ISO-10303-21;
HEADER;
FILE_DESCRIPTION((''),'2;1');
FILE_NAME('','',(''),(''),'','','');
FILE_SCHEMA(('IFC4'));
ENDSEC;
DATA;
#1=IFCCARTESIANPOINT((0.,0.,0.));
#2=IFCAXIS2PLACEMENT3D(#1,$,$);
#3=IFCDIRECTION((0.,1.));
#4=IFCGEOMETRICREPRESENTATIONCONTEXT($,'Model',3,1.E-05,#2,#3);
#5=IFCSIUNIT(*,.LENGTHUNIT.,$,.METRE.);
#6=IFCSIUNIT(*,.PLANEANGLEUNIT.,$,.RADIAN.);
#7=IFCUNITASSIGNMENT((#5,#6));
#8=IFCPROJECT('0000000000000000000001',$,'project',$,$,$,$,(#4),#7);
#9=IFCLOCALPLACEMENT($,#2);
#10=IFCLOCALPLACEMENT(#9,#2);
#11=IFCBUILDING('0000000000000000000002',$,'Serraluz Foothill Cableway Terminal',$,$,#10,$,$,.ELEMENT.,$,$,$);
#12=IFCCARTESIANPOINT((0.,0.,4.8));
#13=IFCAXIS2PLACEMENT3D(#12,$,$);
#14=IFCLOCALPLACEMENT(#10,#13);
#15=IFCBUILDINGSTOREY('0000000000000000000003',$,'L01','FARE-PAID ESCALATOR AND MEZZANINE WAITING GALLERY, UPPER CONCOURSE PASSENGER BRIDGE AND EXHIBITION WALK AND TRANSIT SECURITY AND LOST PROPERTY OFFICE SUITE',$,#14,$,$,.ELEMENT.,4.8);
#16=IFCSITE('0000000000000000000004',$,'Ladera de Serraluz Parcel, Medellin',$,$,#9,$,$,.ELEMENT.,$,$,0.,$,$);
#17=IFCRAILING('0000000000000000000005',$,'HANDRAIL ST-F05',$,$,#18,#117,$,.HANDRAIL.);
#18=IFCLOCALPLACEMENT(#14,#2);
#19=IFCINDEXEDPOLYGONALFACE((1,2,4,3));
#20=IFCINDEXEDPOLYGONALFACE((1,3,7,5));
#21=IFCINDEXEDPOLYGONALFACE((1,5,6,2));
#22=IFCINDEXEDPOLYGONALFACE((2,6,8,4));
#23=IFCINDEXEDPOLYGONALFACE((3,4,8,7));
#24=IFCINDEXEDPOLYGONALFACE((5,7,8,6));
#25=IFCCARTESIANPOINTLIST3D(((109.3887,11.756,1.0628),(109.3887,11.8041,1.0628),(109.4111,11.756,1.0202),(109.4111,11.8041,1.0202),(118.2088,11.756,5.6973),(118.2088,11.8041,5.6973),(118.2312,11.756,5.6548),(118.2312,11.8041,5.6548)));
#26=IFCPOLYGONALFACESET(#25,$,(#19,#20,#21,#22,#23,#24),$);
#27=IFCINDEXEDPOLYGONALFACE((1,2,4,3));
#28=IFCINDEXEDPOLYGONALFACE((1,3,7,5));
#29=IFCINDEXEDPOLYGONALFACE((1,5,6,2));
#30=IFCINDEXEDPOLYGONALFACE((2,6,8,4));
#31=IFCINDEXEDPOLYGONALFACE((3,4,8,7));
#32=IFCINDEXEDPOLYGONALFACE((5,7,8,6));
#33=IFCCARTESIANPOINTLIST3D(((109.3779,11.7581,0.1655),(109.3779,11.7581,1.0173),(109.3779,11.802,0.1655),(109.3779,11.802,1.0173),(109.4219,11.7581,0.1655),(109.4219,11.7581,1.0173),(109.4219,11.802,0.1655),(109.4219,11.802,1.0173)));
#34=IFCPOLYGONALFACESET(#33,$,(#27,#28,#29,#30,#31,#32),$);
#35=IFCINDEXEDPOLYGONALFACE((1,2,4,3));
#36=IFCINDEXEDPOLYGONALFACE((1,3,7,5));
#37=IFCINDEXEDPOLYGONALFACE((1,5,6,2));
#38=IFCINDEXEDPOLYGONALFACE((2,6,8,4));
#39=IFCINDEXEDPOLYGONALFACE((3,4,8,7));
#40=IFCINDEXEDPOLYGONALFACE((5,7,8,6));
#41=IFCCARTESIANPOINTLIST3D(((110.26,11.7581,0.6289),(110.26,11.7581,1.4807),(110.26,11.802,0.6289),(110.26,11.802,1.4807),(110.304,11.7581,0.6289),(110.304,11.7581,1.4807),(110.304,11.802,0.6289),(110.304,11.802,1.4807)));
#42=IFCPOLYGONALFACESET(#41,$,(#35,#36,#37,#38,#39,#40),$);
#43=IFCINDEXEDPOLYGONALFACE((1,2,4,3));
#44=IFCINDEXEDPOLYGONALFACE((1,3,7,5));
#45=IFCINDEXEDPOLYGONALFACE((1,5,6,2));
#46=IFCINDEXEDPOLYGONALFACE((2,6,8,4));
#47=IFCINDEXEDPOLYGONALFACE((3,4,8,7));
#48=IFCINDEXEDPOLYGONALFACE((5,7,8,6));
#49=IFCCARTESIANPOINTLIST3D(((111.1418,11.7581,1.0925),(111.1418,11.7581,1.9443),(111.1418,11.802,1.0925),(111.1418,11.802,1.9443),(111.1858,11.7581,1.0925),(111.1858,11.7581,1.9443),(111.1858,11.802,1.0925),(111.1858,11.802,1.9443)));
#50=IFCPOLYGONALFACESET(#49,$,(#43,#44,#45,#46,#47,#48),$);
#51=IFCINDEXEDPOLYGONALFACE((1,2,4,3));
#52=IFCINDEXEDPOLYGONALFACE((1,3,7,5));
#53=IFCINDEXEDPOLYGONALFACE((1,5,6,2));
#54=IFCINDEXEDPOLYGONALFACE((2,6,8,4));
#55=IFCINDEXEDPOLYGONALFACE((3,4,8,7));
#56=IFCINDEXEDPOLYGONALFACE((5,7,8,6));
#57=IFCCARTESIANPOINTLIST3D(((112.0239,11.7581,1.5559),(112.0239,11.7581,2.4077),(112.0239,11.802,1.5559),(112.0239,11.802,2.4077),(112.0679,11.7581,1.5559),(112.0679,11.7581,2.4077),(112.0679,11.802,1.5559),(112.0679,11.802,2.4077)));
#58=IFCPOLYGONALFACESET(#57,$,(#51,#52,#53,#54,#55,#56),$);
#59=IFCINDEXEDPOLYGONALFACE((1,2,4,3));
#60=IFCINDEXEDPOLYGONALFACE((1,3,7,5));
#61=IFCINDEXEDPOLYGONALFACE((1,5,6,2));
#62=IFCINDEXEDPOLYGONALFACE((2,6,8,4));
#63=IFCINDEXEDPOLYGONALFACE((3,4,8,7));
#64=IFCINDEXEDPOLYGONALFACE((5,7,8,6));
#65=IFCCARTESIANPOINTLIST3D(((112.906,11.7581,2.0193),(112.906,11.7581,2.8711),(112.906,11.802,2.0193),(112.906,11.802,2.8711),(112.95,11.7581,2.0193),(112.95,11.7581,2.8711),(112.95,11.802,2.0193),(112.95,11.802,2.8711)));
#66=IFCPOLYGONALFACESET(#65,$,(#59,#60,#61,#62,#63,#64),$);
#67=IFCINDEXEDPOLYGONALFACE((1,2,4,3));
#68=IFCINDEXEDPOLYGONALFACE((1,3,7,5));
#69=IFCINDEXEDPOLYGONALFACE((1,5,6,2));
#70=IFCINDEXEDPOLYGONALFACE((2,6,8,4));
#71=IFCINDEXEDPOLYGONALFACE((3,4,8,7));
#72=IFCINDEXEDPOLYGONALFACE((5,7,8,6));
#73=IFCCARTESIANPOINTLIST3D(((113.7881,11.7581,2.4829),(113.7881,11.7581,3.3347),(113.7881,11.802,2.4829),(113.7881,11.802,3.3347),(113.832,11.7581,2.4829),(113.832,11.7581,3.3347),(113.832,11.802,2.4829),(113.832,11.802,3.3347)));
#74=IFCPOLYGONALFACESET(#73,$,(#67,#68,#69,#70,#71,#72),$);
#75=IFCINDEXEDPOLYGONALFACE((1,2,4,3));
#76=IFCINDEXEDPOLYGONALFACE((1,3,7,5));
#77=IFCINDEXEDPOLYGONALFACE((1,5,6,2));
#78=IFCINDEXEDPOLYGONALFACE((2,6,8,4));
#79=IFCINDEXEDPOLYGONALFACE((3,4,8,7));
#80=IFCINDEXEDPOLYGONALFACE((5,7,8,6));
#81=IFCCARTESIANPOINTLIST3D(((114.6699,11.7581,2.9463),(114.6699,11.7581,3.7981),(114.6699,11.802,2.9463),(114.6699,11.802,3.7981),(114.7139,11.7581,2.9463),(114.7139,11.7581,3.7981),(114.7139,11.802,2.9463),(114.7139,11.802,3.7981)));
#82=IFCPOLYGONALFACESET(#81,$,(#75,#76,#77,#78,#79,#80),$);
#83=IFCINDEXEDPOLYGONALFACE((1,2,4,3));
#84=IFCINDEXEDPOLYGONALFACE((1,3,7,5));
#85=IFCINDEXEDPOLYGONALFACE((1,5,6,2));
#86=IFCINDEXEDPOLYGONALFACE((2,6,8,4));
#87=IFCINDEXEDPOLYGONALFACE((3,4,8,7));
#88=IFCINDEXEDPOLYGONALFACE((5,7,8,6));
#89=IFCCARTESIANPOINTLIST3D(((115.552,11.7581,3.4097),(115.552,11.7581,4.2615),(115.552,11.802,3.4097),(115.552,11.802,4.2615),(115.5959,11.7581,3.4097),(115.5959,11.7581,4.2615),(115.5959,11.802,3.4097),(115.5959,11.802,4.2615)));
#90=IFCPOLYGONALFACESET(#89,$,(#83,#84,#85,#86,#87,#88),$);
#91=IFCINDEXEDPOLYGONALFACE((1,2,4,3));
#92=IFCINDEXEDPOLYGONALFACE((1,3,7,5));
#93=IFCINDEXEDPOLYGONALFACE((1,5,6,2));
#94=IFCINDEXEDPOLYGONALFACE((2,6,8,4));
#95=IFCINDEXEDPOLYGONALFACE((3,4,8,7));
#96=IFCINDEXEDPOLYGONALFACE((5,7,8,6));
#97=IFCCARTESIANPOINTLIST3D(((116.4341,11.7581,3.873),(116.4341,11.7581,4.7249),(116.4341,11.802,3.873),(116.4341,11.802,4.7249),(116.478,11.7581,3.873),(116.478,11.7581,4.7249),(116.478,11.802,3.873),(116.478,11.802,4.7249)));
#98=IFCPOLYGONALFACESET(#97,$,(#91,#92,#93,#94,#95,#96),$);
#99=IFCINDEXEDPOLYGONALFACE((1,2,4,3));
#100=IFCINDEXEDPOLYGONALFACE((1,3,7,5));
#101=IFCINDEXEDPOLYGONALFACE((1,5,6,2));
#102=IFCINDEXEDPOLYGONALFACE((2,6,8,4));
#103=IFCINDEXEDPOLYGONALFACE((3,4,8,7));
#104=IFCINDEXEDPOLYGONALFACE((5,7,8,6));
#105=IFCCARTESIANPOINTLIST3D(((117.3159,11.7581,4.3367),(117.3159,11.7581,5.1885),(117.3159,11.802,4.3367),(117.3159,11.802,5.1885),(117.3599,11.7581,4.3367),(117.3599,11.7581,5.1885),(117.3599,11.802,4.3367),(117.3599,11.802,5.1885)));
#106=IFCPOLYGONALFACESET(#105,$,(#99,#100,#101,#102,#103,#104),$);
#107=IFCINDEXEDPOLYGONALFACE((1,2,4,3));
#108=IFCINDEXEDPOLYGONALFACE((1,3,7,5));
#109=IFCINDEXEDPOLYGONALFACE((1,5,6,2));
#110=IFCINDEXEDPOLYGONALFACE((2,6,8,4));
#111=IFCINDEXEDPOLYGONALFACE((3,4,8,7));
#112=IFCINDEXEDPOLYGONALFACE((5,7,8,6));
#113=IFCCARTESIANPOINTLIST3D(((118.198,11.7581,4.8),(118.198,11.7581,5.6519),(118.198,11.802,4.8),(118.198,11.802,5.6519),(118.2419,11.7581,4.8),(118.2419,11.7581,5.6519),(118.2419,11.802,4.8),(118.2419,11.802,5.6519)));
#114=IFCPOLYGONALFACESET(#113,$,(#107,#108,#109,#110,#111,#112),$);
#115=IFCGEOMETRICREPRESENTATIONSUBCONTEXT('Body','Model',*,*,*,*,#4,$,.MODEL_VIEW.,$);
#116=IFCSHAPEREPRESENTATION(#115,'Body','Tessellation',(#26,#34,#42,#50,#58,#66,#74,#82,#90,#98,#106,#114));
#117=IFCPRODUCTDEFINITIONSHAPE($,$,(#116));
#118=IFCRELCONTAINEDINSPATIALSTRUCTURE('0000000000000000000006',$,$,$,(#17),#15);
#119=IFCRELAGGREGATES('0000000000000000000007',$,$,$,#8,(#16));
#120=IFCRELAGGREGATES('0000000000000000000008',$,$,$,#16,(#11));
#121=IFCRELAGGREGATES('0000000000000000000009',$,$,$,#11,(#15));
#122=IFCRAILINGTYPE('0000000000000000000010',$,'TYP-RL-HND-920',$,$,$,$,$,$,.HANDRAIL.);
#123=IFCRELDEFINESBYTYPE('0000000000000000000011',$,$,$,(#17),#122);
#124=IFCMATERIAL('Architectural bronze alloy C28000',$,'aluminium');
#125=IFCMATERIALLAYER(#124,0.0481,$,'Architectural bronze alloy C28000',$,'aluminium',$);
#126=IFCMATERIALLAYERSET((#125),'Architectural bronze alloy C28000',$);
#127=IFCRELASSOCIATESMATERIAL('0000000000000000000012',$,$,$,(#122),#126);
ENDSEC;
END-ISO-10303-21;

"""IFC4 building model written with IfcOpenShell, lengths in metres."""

from ifc_helpers import new_model, si_unit, direction, frame, origin, origin_2d, place, context, subcontext, project, spatial, rectangle, extrude, material, layer, layer_set, type_object, element, save


model = new_model("IFC4")

# Units and contexts
model_context = context("Model", 3, precision=1e-05, world=origin(), true_north=direction((0.0, 1.0)))
body_context = subcontext(model_context, "Body", "Model", "MODEL_VIEW")
ifc_project = project(units=[si_unit("LENGTHUNIT", "METRE"), si_unit("PLANEANGLEUNIT", "RADIAN")], contexts=[model_context])

# Site, building, storey
site_placement = place(None, origin())
site = spatial("IfcSite", under=ifc_project, at=site_placement, Name="Ladera de Serraluz Parcel, Medellin", CompositionType="ELEMENT", RefElevation=0.0)
building_placement = place(site_placement, origin())
building = spatial("IfcBuilding", under=site, at=building_placement, Name="Serraluz Foothill Cableway Terminal", CompositionType="ELEMENT")
storey_placement = place(building_placement, frame((0.0, 0.0, 4.8)))
storey = spatial("IfcBuildingStorey", under=building, at=storey_placement, Name="L01", Description="FARE-PAID ESCALATOR AND MEZZANINE WAITING GALLERY, UPPER CONCOURSE PASSENGER BRIDGE AND EXHIBITION WALK AND TRANSIT SECURITY AND LOST PROPERTY OFFICE SUITE", CompositionType="ELEMENT", Elevation=4.8)

# Railing
ifc_material_1 = material(Name="Architectural bronze alloy C28000", Category="aluminium")
ifc_layer_1 = layer(ifc_material_1, 0.0481, Name="Architectural bronze alloy C28000", Category="aluminium")
ifc_layer_set_1 = layer_set([ifc_layer_1], Name="Architectural bronze alloy C28000")
railing_type_1 = type_object("IfcRailingType", Name="TYP-RL-HND-920", PredefinedType="HANDRAIL", material=ifc_layer_set_1)
railing_1_placement = place(storey_placement, frame((109.3999, 11.78, 0.1655)))
element("IfcRailing", 1, at=railing_1_placement, inside=storey, type_object=railing_type_1, Name="HANDRAIL ST-F05", PredefinedType="HANDRAIL", context=body_context, shape_type="SweptSolid", body=[
    extrude(rectangle(XDim=0.0481, YDim=0.0481, at=origin_2d()), frame((0.0, 0.0, 0.876), z_axis=(0.885233, 0.0, 0.465147), x_axis=(0.0, 1.0, 0.0)), (0.0, 0.0, 1.0), 9.9636),
    extrude(rectangle(XDim=0.0439, YDim=0.0439, at=origin_2d()), origin(), (0.0, 0.0, 1.0), 0.8518),
    extrude(rectangle(XDim=0.0439, YDim=0.0439, at=origin_2d()), frame((0.8821, 0.0, 0.4634)), (0.0, 0.0, 1.0), 0.8518),
    extrude(rectangle(XDim=0.0439, YDim=0.0439, at=origin_2d()), frame((1.7639, 0.0, 0.927)), (0.0, 0.0, 1.0), 0.8518),
    extrude(rectangle(XDim=0.0439, YDim=0.0439, at=origin_2d()), frame((2.646, 0.0, 1.3904)), (0.0, 0.0, 1.0), 0.8518),
    extrude(rectangle(XDim=0.0439, YDim=0.0439, at=origin_2d()), frame((3.5281, 0.0, 1.8538)), (0.0, 0.0, 1.0), 0.8518),
    extrude(rectangle(XDim=0.0439, YDim=0.0439, at=origin_2d()), frame((4.4102, 0.0, 2.3174)), (0.0, 0.0, 1.0), 0.8518),
    extrude(rectangle(XDim=0.0439, YDim=0.0439, at=origin_2d()), frame((5.292, 0.0, 2.7808)), (0.0, 0.0, 1.0), 0.8518),
    extrude(rectangle(XDim=0.0439, YDim=0.0439, at=origin_2d()), frame((6.1741, 0.0, 3.2441)), (0.0, 0.0, 1.0), 0.8518),
    extrude(rectangle(XDim=0.0439, YDim=0.0439, at=origin_2d()), frame((7.0562, 0.0, 3.7075)), (0.0, 0.0, 1.0), 0.8518),
    extrude(rectangle(XDim=0.0439, YDim=0.0439, at=origin_2d()), frame((7.938, 0.0, 4.1711)), (0.0, 0.0, 1.0), 0.8518),
    extrude(rectangle(XDim=0.0439, YDim=0.0439, at=origin_2d()), frame((8.8201, 0.0, 4.6345)), (0.0, 0.0, 1.0), 0.8518),
])

save(model, "model.ifc")
